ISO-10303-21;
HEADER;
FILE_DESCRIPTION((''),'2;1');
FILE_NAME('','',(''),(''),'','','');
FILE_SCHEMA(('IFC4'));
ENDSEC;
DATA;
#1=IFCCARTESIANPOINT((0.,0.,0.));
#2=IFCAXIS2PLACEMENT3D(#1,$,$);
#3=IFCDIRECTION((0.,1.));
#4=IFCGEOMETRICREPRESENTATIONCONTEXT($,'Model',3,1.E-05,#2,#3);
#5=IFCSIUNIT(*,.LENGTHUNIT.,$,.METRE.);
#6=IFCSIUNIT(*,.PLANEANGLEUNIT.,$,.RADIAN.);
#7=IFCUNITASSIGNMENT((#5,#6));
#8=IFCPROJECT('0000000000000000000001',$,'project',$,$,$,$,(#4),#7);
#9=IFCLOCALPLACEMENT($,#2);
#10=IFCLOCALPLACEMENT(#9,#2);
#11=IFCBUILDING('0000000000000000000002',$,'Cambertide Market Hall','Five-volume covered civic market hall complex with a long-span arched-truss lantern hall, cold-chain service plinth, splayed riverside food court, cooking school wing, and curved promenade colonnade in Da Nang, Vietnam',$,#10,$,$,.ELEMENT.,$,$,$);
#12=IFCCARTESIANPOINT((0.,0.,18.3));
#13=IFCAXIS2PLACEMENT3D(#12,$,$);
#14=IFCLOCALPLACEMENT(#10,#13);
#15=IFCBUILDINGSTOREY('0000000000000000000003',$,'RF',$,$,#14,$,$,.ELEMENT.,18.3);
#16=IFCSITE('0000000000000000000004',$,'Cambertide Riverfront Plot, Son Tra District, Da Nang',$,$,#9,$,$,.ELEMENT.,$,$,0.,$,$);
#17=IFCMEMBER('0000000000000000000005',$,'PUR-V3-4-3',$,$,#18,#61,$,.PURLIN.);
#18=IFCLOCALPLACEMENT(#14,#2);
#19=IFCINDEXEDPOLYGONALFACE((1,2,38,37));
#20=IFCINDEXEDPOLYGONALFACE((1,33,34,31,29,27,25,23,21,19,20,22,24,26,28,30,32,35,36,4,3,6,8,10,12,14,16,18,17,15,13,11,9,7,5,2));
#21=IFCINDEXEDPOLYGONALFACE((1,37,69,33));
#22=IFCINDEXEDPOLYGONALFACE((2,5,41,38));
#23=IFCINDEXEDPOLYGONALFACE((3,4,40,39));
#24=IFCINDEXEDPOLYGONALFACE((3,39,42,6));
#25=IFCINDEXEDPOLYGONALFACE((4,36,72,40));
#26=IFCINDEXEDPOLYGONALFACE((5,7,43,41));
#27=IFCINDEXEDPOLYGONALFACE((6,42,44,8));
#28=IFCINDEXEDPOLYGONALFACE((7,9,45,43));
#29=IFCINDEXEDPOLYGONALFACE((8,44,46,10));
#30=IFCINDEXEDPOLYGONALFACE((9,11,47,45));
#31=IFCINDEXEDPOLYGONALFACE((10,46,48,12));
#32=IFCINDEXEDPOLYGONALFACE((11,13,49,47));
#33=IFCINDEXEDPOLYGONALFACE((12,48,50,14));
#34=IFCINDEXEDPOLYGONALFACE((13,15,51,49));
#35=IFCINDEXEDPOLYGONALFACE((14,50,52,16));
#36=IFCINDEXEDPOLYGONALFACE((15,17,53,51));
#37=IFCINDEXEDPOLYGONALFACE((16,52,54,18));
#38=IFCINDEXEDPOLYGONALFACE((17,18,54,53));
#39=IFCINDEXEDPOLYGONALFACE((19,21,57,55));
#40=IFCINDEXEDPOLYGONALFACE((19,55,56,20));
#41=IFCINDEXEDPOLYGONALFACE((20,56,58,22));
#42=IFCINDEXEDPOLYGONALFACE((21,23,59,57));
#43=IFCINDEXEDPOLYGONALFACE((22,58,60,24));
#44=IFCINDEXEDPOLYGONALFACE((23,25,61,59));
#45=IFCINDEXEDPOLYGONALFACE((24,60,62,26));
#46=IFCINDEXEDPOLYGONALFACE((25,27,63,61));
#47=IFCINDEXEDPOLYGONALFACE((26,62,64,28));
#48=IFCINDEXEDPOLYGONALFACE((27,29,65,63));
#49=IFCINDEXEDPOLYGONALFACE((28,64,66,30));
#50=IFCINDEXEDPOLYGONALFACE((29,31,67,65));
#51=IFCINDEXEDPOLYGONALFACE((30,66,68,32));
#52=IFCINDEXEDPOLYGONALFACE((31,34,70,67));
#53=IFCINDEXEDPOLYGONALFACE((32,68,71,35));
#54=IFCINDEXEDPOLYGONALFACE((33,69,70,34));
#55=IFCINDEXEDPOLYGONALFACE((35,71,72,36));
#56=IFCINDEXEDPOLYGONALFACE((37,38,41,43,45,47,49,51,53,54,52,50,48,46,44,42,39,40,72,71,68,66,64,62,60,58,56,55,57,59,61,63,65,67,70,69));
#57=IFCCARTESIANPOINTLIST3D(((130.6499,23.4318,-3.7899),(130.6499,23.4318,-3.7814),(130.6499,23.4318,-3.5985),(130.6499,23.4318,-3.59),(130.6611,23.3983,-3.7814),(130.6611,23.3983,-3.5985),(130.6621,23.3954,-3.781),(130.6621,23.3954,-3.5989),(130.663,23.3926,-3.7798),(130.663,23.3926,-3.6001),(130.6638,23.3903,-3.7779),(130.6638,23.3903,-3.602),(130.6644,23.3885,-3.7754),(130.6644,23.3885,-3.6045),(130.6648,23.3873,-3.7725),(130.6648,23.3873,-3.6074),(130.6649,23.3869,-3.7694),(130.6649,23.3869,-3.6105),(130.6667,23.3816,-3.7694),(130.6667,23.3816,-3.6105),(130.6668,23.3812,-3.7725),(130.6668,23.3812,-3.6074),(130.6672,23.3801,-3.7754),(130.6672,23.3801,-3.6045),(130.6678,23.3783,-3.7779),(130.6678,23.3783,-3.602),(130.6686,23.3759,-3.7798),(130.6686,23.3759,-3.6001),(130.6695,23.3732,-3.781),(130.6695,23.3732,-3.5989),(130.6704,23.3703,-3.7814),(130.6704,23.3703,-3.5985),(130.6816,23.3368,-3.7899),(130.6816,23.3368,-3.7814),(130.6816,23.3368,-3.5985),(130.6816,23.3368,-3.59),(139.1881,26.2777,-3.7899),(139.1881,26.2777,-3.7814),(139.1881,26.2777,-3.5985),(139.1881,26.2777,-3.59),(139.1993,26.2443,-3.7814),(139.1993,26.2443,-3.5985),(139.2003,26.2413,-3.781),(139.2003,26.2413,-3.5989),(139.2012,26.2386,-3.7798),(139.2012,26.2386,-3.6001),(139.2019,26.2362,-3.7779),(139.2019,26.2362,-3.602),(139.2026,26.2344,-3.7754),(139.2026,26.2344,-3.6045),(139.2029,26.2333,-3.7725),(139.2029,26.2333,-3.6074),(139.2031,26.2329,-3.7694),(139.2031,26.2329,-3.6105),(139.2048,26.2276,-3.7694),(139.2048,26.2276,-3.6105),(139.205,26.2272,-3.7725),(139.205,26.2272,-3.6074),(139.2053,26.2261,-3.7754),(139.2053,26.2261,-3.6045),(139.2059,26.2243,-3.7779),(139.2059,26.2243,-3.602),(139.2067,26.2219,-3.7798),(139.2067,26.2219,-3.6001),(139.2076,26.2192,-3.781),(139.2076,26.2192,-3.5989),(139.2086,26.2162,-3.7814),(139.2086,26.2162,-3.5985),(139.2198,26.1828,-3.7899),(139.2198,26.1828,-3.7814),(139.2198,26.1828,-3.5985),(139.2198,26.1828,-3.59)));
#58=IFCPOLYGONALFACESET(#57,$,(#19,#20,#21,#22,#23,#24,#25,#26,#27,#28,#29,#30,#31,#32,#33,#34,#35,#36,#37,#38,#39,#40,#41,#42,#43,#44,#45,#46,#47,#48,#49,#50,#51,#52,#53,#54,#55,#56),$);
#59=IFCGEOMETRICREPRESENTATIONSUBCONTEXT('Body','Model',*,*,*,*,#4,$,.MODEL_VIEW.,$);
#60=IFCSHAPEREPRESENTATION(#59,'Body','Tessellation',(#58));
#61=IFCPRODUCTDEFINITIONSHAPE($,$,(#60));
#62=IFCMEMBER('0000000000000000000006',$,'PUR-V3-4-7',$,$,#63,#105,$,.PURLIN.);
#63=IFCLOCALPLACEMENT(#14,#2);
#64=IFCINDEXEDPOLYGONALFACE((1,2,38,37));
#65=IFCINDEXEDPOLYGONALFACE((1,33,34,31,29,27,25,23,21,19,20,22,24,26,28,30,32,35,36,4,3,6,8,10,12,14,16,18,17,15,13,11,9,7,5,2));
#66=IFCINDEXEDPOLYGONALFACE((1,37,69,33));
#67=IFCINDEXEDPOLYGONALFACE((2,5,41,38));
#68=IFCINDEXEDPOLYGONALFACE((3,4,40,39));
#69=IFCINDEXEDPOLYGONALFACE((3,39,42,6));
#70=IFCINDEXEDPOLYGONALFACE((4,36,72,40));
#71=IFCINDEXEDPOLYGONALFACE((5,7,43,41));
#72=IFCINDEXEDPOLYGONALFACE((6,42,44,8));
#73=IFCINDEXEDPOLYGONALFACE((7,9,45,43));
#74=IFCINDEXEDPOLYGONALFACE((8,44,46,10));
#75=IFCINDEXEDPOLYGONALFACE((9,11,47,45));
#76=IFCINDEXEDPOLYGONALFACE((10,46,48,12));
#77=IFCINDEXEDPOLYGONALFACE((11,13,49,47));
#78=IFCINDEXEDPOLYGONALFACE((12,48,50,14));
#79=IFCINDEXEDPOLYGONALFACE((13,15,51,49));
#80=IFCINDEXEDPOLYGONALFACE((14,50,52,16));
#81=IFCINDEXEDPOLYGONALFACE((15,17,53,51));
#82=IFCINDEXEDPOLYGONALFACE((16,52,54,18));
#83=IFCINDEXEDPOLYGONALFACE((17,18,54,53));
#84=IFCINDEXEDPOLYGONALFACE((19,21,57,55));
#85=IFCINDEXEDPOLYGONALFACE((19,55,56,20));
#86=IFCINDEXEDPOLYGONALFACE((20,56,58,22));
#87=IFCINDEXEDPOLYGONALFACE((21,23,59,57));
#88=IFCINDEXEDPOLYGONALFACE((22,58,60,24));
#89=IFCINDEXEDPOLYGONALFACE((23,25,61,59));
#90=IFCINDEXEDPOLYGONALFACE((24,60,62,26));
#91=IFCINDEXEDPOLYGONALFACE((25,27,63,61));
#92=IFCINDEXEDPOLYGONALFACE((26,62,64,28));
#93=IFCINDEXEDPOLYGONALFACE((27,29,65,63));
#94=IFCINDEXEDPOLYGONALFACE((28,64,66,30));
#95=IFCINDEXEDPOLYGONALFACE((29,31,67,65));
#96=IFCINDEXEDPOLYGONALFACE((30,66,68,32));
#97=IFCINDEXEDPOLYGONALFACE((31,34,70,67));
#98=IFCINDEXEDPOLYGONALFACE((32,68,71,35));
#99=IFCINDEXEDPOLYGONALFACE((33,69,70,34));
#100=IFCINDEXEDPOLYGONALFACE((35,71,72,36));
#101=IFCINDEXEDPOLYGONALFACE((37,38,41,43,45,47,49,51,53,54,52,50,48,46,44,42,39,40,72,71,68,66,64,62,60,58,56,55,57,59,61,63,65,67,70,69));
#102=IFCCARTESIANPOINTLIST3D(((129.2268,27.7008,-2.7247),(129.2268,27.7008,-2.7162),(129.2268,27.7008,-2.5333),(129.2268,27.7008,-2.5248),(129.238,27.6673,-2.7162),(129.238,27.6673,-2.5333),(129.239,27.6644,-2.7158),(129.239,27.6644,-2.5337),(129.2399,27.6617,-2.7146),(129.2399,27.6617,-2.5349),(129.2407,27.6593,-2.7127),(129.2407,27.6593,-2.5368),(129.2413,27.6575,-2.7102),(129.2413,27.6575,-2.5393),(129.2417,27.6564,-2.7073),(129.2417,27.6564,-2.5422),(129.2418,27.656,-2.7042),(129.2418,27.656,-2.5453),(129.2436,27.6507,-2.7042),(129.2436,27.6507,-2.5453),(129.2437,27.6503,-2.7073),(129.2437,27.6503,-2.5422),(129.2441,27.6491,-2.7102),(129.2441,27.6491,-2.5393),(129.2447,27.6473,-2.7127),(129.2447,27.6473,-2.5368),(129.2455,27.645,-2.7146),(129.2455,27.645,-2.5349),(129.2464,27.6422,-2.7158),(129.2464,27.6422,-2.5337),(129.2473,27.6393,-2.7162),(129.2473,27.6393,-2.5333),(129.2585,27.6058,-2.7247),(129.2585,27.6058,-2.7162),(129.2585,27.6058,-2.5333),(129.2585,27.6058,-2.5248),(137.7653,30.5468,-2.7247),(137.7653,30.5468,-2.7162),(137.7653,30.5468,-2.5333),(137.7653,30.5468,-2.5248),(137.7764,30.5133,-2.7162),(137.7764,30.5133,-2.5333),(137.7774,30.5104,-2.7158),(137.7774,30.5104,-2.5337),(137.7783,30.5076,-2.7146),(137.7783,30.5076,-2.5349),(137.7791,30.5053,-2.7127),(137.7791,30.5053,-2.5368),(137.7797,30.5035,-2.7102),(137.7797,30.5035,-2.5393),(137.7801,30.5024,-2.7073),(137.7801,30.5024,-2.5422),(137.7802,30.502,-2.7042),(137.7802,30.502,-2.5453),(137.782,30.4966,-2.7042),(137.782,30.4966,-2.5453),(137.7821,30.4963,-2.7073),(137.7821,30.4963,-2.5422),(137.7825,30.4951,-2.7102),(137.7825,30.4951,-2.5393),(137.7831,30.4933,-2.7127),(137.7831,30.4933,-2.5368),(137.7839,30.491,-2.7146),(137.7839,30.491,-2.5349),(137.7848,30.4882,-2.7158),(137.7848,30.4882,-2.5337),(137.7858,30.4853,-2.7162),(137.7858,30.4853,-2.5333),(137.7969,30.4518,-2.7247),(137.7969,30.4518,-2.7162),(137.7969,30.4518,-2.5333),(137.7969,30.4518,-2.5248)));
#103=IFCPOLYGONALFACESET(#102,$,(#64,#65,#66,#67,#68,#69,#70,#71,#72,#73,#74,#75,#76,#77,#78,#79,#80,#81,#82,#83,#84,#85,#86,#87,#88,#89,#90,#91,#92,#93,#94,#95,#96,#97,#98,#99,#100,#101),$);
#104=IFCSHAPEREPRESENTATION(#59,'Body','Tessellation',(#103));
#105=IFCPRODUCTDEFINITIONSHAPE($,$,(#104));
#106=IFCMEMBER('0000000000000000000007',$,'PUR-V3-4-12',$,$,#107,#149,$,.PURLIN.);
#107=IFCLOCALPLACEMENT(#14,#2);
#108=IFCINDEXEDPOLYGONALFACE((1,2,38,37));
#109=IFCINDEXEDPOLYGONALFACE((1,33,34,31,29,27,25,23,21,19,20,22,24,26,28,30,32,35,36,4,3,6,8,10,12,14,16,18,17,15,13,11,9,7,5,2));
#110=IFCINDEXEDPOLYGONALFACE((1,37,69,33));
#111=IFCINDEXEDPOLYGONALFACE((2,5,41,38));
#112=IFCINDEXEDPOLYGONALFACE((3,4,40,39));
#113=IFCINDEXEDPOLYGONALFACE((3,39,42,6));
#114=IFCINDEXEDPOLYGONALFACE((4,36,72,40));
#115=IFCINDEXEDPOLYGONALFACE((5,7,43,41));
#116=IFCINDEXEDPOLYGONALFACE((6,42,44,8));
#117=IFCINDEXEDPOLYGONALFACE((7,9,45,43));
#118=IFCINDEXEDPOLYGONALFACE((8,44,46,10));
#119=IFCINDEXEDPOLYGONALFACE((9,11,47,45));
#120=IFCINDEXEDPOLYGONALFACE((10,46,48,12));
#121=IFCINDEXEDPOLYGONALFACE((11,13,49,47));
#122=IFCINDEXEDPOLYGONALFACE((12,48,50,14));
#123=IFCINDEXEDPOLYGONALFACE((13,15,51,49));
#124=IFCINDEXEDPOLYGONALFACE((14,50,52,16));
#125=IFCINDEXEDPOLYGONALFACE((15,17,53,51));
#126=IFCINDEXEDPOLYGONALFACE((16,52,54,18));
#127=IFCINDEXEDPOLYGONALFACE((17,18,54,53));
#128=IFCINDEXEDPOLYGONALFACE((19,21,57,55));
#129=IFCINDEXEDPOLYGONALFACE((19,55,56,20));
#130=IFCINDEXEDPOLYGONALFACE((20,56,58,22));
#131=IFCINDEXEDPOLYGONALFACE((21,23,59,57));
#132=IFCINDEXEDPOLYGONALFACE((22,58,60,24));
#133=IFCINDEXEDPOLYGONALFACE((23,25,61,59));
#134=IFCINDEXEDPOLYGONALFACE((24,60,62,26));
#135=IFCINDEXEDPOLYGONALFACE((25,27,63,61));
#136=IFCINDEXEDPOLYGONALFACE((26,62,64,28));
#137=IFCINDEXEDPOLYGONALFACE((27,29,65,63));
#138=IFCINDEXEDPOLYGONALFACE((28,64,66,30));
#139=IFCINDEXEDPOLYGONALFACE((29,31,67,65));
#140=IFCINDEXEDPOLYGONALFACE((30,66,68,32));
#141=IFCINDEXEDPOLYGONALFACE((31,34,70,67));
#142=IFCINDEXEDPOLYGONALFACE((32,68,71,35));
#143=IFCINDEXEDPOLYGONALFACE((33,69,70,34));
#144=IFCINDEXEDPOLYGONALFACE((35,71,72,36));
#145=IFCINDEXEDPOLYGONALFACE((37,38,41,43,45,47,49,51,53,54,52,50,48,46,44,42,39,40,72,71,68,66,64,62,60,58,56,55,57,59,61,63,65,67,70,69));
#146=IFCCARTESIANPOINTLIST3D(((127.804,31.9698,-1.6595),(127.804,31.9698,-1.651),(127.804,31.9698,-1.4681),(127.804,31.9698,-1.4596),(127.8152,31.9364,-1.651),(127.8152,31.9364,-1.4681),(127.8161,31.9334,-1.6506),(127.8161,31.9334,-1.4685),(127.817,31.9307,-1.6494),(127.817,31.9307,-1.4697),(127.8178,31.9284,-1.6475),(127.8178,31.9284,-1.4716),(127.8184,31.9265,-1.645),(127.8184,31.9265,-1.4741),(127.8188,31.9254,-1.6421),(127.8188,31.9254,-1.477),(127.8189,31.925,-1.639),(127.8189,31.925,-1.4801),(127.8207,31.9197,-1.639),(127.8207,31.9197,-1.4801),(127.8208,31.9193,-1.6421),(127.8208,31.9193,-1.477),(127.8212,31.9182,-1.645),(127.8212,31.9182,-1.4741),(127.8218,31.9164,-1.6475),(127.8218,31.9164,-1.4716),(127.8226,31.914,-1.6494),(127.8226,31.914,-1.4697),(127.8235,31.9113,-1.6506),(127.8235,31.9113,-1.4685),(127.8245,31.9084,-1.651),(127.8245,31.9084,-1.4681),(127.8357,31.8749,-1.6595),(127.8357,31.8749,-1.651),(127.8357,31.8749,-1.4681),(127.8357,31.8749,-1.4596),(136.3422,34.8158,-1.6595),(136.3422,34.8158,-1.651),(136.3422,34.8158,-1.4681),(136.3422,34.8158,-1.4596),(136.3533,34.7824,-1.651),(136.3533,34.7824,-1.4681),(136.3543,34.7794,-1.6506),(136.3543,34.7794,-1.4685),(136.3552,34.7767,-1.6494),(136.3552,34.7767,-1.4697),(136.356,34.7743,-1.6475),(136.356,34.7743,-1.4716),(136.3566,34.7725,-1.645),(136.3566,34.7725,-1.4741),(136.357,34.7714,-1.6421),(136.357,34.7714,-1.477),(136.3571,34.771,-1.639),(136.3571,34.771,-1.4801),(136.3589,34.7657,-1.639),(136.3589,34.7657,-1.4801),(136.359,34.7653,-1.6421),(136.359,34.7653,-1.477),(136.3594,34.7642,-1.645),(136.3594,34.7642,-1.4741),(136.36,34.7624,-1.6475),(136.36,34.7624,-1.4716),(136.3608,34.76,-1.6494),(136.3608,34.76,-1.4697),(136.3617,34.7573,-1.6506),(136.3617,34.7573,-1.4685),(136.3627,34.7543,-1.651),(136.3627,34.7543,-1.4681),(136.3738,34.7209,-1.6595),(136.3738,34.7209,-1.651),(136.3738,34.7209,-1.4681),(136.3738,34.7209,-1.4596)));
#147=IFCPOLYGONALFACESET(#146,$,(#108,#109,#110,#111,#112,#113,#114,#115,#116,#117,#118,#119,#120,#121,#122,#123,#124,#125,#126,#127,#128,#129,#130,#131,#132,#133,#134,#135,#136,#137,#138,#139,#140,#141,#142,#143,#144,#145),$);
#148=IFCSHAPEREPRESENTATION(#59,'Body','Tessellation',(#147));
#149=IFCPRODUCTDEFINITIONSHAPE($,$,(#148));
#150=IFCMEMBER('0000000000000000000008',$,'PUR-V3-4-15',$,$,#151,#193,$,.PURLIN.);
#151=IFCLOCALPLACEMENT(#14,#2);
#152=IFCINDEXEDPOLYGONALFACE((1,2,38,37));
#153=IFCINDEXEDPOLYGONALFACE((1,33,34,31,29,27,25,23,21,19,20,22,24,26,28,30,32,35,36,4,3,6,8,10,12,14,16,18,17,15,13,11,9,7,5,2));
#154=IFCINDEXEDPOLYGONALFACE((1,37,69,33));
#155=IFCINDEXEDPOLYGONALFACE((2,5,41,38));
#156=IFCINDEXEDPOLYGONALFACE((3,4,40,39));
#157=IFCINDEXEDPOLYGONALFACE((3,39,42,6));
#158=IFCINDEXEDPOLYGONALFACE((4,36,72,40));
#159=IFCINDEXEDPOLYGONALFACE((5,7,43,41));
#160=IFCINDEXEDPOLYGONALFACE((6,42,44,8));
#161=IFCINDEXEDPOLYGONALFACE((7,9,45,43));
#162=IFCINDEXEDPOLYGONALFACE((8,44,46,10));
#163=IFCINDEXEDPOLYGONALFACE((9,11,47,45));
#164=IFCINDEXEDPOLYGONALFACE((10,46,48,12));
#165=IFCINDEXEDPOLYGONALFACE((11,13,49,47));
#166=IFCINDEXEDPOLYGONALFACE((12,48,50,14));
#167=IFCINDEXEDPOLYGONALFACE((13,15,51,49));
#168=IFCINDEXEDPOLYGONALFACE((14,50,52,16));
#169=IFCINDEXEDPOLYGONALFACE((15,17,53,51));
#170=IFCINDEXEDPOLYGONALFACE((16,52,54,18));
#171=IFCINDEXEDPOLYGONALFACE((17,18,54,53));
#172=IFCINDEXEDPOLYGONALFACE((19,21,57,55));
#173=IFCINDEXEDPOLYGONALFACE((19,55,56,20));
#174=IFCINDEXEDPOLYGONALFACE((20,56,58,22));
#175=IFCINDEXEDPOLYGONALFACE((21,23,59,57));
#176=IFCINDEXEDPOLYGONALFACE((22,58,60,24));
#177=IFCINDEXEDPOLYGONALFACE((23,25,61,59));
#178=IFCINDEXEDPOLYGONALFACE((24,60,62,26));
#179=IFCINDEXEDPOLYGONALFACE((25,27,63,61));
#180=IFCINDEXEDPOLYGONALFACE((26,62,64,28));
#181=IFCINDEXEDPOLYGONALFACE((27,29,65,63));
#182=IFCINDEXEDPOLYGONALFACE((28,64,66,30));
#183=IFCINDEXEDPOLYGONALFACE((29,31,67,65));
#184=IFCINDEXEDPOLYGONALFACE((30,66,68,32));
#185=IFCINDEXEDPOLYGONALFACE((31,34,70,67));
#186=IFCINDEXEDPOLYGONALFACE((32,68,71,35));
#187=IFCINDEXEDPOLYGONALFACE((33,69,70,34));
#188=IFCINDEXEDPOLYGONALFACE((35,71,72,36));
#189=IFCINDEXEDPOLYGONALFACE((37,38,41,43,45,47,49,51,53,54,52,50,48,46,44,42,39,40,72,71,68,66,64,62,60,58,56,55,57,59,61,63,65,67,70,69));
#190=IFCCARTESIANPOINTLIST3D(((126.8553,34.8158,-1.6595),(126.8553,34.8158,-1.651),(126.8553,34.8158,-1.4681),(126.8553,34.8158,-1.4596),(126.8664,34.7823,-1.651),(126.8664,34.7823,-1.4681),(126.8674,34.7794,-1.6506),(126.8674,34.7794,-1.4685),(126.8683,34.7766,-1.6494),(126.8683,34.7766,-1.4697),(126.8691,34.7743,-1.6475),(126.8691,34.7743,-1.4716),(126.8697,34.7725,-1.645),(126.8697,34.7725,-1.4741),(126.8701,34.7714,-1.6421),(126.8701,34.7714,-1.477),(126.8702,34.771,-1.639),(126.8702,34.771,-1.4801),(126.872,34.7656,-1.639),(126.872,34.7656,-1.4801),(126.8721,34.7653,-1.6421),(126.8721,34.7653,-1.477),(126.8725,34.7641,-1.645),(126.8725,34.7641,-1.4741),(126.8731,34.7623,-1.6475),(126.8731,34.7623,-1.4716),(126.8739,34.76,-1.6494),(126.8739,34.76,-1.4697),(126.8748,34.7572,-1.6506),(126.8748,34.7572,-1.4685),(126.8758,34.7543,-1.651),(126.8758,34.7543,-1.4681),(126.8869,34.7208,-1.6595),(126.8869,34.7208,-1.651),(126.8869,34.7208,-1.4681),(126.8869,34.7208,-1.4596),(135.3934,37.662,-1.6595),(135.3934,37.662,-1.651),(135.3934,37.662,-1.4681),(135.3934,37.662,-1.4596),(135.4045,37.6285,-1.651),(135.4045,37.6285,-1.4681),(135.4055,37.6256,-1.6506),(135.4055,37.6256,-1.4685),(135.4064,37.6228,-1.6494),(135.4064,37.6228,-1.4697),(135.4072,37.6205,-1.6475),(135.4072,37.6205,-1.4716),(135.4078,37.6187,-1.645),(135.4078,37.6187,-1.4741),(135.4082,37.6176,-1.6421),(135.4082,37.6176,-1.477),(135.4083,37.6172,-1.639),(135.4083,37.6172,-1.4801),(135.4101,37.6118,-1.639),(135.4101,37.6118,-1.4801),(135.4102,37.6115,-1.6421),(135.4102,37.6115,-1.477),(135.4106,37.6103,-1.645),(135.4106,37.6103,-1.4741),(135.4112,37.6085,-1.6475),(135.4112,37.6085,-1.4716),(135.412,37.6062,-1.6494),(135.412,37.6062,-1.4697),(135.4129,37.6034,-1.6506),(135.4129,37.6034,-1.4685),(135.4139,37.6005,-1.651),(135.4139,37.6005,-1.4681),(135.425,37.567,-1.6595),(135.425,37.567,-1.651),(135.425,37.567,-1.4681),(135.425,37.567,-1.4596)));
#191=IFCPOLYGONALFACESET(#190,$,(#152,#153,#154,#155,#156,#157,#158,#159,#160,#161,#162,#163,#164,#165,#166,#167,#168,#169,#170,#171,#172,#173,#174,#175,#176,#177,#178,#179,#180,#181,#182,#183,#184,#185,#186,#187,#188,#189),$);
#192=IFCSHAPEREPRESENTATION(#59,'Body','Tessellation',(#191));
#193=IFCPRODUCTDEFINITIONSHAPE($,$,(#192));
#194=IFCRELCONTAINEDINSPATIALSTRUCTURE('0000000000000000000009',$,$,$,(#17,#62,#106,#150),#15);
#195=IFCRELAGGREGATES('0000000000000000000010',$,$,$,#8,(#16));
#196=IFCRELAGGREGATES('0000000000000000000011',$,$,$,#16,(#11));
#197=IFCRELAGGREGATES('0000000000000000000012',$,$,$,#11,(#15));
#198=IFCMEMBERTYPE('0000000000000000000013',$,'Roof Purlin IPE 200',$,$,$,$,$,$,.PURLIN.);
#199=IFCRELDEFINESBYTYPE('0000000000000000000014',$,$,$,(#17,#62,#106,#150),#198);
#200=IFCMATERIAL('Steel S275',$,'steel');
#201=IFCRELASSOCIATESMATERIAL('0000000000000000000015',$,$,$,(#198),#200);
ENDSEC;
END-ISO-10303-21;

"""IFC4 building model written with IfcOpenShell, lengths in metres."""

from ifc_helpers import new_model, si_unit, direction, frame, origin, origin_2d, place, context, subcontext, project, spatial, i_section, extrude, material, material_profile, profile_set, type_object, element, save


model = new_model("IFC4")

# Units and contexts
model_context = context("Model", 3, precision=1e-05, world=origin(), true_north=direction((0.0, 1.0)))
body_context = subcontext(model_context, "Body", "Model", "MODEL_VIEW")
ifc_project = project(units=[si_unit("LENGTHUNIT", "METRE"), si_unit("PLANEANGLEUNIT", "RADIAN")], contexts=[model_context])

# Site, building, storey
site_placement = place(None, origin())
site = spatial("IfcSite", under=ifc_project, at=site_placement, Name="Cambertide Riverfront Plot, Son Tra District, Da Nang", CompositionType="ELEMENT", RefElevation=0.0)
building_placement = place(site_placement, origin())
building = spatial("IfcBuilding", under=site, at=building_placement, Name="Cambertide Market Hall", Description="Five-volume covered civic market hall complex with a long-span arched-truss lantern hall, cold-chain service plinth, splayed riverside food court, cooking school wing, and curved promenade colonnade in Da Nang, Vietnam", CompositionType="ELEMENT")
storey_placement = place(building_placement, frame((0.0, 0.0, 18.3)))
storey = spatial("IfcBuildingStorey", under=building, at=storey_placement, Name="RF", CompositionType="ELEMENT", Elevation=18.3)

# Members
ifc_material_1 = material(Name="Steel S275", Category="steel")
ifc_material_profile_1 = material_profile(ifc_material_1, i_section(OverallWidth=0.1001, OverallDepth=0.2, WebThickness=0.0056, FlangeThickness=0.0085, FilletRadius=0.012, at=origin_2d()), Name="IPE 200")
ifc_profile_set_1 = profile_set([ifc_material_profile_1], Name="Steel S275")
member_type_1 = type_object("IfcMemberType", Name="Roof Purlin IPE 200", PredefinedType="PURLIN", material=ifc_profile_set_1)
member_1_placement = place(storey_placement, frame((130.6658, 23.3843, -3.6899), z_axis=(0.948686, 0.31622, 0.0), x_axis=(-0.31622, 0.948686, 0.0)))
element("IfcMember", 1, at=member_1_placement, inside=storey, type_object=member_type_1, Name="PUR-V3-4-3", PredefinedType="PURLIN", context=body_context, shape_type="SweptSolid", body=[
    extrude(i_section(OverallWidth=0.1001, OverallDepth=0.2, WebThickness=0.0056, FlangeThickness=0.0085, FilletRadius=0.012, at=origin_2d()), origin(), (0.0, 0.0, 1.0), 9.0),
])
member_2_placement = place(storey_placement, frame((129.2427, 27.6533, -2.6248), z_axis=(0.948689, 0.316211, 0.0), x_axis=(-0.316211, 0.948689, 0.0)))
element("IfcMember", 2, at=member_2_placement, inside=storey, type_object=member_type_1, Name="PUR-V3-4-7", PredefinedType="PURLIN", context=body_context, shape_type="SweptSolid", body=[
    extrude(i_section(OverallWidth=0.1001, OverallDepth=0.2, WebThickness=0.0056, FlangeThickness=0.0085, FilletRadius=0.012, at=origin_2d()), origin(), (0.0, 0.0, 1.0), 9.0002),
])
for number, where, z_axis, x_axis, name in (
    (3, (127.8198, 31.9224, -1.5596), (0.948686, 0.31622, 0.0), (-0.31622, 0.948686, 0.0), "PUR-V3-4-12"),
    (4, (126.8711, 34.7683, -1.5596), (0.948678, 0.316244, 0.0), (-0.316244, 0.948678, 0.0), "PUR-V3-4-15"),
):
    element("IfcMember", number, at=place(storey_placement, frame(where, z_axis=z_axis, x_axis=x_axis)), inside=storey, type_object=member_type_1, Name=name, PredefinedType="PURLIN", context=body_context, shape_type="SweptSolid", body=[
        extrude(i_section(OverallWidth=0.1001, OverallDepth=0.2, WebThickness=0.0056, FlangeThickness=0.0085, FilletRadius=0.012, at=origin_2d()), origin(), (0.0, 0.0, 1.0), 9.0),
    ])

save(model, "model.ifc")
